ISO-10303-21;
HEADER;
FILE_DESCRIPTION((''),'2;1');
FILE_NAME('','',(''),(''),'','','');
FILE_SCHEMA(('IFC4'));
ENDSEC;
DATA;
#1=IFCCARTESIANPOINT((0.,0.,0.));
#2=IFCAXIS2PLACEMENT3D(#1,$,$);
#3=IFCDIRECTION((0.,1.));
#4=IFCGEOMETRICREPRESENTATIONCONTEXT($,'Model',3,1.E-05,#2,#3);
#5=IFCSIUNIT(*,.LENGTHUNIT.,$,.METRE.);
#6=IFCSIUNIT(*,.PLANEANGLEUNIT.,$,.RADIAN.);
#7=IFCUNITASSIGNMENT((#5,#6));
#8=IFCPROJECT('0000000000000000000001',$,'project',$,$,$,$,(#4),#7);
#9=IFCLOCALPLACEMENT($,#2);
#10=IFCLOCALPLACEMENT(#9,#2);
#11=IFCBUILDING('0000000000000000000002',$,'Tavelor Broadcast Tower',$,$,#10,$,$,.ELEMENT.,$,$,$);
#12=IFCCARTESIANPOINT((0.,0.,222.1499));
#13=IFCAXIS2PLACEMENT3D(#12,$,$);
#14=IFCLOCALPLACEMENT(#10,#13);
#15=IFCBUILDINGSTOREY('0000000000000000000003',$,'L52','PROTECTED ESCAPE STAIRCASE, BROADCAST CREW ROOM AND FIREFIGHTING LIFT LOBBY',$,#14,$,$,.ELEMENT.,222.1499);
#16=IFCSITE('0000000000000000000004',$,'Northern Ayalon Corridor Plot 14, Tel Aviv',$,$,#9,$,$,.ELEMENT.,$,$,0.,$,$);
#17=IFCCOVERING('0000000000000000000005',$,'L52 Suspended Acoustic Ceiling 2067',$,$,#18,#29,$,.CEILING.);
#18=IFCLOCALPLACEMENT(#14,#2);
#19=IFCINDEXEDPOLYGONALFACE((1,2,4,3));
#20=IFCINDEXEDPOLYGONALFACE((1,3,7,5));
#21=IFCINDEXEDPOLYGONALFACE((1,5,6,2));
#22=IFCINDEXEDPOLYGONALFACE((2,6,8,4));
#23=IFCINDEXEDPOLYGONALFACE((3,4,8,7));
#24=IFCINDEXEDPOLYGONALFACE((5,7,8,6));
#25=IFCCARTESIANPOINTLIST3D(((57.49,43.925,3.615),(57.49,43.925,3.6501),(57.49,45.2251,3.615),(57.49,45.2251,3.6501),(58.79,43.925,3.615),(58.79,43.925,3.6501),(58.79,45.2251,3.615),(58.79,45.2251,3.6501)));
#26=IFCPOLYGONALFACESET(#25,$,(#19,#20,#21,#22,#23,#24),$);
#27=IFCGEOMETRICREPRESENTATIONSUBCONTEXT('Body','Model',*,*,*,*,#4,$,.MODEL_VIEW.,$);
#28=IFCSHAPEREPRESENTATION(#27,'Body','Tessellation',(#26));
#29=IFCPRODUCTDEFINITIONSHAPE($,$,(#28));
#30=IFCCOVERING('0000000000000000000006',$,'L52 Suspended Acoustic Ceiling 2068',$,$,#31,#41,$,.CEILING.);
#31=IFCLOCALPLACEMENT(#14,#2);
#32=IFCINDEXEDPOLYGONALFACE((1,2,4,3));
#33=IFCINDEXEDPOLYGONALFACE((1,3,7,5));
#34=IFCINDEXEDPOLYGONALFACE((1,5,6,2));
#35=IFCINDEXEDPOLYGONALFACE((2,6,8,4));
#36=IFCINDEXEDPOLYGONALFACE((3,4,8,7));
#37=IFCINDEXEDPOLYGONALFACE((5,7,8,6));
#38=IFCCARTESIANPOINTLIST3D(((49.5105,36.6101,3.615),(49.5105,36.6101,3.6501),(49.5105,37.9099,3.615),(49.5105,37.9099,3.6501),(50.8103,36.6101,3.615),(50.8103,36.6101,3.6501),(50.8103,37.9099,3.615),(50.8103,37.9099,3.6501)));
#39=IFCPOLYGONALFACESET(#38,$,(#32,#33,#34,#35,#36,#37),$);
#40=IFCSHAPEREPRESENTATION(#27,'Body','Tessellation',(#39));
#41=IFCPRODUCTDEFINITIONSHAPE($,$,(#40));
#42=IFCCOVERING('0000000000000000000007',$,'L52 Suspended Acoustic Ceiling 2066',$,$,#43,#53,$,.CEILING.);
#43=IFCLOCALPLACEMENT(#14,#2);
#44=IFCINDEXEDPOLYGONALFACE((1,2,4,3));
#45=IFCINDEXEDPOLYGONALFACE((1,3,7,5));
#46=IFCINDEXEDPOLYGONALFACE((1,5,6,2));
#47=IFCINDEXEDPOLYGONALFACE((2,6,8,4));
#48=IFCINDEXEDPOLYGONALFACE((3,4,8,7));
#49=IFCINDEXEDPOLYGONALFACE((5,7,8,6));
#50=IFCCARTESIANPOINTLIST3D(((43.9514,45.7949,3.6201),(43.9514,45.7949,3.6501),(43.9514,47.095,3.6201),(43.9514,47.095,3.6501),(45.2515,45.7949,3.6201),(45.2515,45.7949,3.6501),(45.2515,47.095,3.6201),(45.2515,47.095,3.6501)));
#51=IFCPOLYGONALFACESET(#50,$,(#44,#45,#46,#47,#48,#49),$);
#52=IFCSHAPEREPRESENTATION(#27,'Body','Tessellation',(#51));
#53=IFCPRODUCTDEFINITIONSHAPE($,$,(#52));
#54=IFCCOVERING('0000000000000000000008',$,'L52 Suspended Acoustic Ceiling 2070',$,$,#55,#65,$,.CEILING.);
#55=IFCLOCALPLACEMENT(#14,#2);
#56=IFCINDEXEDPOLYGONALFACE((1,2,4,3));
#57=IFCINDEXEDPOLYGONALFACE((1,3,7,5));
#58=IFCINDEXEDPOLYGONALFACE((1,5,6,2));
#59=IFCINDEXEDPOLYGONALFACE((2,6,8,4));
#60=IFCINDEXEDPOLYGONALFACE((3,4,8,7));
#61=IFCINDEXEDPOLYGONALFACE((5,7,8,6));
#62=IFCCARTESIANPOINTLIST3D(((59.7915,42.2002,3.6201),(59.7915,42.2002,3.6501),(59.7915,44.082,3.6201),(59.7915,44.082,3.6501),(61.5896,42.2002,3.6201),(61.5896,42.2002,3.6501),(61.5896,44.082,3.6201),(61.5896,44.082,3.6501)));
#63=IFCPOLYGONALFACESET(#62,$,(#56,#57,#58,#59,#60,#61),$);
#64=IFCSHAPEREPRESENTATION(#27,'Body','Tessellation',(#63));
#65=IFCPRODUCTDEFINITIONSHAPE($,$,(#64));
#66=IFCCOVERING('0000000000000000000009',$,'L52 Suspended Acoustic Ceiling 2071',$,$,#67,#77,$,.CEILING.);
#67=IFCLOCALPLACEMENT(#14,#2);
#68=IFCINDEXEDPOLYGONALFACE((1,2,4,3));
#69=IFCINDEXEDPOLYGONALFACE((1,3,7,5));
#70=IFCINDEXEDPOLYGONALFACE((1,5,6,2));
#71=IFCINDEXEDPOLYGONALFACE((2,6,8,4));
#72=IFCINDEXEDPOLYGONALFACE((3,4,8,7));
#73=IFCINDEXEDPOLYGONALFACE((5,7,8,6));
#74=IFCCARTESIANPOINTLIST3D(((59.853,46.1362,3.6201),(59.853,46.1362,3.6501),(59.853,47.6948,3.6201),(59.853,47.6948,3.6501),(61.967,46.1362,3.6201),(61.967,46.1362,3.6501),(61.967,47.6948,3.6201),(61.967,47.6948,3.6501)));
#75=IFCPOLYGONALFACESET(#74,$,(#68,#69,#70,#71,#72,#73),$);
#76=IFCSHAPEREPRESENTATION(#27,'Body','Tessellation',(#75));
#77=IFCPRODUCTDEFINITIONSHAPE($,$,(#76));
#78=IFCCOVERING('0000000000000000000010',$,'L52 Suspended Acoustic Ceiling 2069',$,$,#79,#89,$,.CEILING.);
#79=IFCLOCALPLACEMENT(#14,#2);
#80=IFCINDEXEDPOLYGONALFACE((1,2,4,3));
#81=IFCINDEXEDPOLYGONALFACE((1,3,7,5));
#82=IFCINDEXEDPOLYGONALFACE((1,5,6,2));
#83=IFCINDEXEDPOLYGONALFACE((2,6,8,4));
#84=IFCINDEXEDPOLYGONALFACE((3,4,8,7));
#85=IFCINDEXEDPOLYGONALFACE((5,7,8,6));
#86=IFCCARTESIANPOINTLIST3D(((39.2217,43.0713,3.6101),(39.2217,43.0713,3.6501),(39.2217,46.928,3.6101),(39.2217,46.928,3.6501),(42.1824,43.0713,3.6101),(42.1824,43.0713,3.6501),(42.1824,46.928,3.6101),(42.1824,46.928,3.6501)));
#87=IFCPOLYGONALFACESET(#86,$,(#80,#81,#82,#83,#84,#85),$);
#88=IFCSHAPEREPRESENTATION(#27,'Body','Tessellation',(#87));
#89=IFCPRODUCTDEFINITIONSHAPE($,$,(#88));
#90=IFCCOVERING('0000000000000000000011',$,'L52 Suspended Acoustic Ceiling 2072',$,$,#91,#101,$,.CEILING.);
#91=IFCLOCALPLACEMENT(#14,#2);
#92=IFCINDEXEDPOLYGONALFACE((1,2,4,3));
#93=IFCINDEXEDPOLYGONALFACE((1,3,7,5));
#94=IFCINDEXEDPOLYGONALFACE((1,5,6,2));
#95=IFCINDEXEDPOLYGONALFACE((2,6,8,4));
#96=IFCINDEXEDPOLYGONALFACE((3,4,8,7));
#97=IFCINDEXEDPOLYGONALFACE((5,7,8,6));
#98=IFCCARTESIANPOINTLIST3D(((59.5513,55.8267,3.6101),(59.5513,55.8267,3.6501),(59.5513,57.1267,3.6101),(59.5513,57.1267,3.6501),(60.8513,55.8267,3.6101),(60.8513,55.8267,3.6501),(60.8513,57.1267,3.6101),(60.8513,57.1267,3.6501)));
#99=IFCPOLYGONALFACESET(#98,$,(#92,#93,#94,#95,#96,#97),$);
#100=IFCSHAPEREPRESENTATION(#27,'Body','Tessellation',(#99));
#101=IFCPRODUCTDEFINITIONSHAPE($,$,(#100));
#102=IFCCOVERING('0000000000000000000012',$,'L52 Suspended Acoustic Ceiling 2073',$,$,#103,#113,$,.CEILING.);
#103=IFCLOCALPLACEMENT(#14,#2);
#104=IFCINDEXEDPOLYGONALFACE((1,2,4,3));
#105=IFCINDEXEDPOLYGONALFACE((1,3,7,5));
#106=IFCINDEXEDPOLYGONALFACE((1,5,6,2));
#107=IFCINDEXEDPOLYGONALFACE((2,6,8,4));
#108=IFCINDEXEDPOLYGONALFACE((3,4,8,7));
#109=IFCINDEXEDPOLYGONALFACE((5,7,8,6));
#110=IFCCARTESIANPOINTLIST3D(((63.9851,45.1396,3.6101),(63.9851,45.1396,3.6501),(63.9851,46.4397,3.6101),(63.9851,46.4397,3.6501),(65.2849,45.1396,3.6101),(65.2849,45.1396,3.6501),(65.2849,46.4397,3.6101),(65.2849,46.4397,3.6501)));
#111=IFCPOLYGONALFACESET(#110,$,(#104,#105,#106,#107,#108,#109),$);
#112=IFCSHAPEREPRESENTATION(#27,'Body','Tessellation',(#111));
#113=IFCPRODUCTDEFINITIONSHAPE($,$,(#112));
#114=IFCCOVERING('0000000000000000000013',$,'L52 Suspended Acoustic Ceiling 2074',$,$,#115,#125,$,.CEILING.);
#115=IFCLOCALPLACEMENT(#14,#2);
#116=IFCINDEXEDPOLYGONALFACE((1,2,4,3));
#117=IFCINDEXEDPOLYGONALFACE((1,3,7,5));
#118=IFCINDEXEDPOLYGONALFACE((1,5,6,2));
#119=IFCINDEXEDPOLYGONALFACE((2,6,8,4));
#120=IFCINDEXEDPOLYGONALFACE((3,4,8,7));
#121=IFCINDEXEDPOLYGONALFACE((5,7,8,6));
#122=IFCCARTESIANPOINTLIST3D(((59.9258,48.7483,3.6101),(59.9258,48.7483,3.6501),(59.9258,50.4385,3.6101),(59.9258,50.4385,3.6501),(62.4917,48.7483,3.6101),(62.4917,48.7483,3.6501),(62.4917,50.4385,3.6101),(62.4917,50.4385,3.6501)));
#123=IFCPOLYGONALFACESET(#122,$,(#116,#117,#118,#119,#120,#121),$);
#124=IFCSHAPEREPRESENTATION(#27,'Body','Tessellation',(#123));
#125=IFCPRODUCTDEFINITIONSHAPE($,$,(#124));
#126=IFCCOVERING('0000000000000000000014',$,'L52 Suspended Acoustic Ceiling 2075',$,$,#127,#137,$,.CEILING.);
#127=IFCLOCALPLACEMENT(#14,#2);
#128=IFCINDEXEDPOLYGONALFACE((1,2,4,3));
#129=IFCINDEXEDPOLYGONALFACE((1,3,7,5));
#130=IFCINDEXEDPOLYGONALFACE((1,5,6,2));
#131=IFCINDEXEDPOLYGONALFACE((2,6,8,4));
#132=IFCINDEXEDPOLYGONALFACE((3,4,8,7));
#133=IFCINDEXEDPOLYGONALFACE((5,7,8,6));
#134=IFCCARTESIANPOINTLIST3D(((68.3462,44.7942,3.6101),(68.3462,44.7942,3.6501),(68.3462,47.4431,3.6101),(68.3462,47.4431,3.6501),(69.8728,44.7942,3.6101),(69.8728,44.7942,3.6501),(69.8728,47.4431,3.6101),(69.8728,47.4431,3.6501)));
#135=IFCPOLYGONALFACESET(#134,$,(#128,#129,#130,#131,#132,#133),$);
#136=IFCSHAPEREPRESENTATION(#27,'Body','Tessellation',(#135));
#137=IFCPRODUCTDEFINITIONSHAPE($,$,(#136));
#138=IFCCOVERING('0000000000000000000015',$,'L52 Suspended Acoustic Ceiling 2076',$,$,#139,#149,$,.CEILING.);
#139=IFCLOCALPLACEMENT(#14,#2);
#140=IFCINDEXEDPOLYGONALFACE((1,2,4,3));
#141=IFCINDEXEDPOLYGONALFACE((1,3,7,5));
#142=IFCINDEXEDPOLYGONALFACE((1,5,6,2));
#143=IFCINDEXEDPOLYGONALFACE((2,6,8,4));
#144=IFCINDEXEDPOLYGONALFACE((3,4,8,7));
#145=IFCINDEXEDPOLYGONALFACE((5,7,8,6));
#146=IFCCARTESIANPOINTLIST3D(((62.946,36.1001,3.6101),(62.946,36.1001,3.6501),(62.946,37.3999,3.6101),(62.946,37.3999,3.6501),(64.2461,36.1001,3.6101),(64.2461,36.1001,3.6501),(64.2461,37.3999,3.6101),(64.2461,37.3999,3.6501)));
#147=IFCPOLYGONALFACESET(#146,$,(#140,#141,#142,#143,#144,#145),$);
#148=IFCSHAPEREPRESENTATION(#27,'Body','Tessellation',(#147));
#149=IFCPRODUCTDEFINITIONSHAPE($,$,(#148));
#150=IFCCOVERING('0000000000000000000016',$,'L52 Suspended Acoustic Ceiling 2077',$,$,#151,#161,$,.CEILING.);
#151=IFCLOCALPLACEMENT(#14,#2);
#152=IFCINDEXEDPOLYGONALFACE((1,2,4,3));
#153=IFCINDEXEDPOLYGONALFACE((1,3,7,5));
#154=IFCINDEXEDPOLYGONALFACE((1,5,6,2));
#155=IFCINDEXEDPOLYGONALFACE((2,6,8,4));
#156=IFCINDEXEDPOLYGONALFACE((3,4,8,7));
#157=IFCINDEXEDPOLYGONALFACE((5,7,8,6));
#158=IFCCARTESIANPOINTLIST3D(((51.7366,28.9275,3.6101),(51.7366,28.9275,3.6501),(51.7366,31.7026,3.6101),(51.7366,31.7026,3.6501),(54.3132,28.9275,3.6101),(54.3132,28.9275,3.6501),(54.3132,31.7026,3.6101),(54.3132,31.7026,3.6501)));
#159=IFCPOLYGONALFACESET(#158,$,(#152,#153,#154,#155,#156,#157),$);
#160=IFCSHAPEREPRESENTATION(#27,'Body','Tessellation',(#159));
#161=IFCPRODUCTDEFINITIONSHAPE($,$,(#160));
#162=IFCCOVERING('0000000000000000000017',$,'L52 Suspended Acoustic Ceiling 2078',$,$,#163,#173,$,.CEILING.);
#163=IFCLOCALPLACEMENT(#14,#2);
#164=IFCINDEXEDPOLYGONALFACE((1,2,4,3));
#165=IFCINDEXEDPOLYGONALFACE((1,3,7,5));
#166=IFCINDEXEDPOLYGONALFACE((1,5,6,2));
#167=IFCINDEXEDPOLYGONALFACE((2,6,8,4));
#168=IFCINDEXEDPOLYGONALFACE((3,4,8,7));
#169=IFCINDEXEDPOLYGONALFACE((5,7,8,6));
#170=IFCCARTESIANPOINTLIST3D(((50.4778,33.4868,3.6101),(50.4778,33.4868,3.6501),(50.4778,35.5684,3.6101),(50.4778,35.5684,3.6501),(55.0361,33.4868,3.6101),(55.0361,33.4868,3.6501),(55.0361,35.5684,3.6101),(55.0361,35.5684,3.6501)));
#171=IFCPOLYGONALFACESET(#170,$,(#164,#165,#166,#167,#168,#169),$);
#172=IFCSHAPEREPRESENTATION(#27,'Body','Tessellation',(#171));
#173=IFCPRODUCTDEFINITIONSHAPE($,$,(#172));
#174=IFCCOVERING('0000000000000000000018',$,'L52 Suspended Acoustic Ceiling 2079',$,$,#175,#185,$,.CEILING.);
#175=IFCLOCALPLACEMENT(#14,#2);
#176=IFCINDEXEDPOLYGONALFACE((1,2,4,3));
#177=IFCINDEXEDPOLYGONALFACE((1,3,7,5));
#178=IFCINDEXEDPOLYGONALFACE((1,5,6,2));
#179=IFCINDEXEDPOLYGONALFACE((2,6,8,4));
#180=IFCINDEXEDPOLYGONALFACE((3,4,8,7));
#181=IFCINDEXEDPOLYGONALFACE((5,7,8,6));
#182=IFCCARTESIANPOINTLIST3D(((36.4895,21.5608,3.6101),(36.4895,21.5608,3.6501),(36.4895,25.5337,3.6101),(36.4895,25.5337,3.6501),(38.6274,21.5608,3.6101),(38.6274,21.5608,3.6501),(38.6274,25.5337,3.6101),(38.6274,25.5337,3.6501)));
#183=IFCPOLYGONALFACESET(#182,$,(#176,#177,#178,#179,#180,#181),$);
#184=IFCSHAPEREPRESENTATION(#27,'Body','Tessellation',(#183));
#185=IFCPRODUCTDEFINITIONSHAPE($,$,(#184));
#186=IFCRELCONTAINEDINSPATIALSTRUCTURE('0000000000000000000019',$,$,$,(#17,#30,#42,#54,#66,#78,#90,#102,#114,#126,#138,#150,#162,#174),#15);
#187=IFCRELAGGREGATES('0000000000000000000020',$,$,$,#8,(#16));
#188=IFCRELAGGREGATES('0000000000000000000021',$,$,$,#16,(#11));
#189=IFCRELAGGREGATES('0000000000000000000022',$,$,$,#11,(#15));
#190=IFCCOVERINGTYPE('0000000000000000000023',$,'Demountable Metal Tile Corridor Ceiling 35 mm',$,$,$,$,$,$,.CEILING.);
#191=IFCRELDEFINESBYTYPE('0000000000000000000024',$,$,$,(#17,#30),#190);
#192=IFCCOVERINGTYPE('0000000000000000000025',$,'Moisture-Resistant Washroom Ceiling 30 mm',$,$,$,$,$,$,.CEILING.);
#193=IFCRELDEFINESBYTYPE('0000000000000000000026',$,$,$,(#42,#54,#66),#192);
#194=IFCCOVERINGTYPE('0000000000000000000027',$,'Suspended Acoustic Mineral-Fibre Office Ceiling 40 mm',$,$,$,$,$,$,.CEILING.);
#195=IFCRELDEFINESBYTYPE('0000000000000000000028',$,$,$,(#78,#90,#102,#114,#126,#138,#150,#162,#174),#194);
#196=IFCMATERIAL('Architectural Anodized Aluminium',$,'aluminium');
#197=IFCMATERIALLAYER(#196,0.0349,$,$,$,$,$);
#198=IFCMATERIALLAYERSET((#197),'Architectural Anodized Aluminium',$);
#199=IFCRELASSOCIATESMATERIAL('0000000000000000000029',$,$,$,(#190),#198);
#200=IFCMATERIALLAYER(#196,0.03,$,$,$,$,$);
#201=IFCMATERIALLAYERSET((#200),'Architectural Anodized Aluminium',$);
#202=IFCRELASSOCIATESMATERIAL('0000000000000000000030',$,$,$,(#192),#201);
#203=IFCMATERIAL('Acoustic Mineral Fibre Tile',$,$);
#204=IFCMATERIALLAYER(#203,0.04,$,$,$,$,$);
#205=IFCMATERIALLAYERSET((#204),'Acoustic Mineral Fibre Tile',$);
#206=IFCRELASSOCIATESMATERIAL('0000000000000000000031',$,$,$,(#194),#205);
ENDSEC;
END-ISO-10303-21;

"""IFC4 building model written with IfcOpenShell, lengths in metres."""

from ifc_helpers import new_model, si_unit, direction, frame, origin, place, context, subcontext, project, spatial, polyline, outline, extrude, material, layer, layer_set, type_object, element, save


model = new_model("IFC4")

# Units and contexts
model_context = context("Model", 3, precision=1e-05, world=origin(), true_north=direction((0.0, 1.0)))
body_context = subcontext(model_context, "Body", "Model", "MODEL_VIEW")
ifc_project = project(units=[si_unit("LENGTHUNIT", "METRE"), si_unit("PLANEANGLEUNIT", "RADIAN")], contexts=[model_context])

# Site, building, storey
site_placement = place(None, origin())
site = spatial("IfcSite", under=ifc_project, at=site_placement, Name="Northern Ayalon Corridor Plot 14, Tel Aviv", CompositionType="ELEMENT", RefElevation=0.0)
building_placement = place(site_placement, origin())
building = spatial("IfcBuilding", under=site, at=building_placement, Name="Tavelor Broadcast Tower", CompositionType="ELEMENT")
storey_placement = place(building_placement, frame((0.0, 0.0, 222.1499)))
storey = spatial("IfcBuildingStorey", under=building, at=storey_placement, Name="L52", Description="PROTECTED ESCAPE STAIRCASE, BROADCAST CREW ROOM AND FIREFIGHTING LIFT LOBBY", CompositionType="ELEMENT", Elevation=222.1499)

# Coverings
ifc_material_1 = material(Name="Architectural Anodized Aluminium", Category="aluminium")
ifc_layer_1 = layer(ifc_material_1, 0.0349)
ifc_layer_set_1 = layer_set([ifc_layer_1], Name="Architectural Anodized Aluminium")
covering_type_1 = type_object("IfcCoveringType", Name="Demountable Metal Tile Corridor Ceiling 35 mm", PredefinedType="CEILING", material=ifc_layer_set_1)
covering_1_placement = place(storey_placement, frame((0.0, 0.0, 3.615)))
element("IfcCovering", 1, at=covering_1_placement, inside=storey, type_object=covering_type_1, Name="L52 Suspended Acoustic Ceiling 2067", PredefinedType="CEILING", context=body_context, shape_type="SweptSolid", body=[
    extrude(outline(polyline([(57.49, 43.925), (58.79, 43.925), (58.79, 45.2251), (57.49, 45.2251), (57.49, 43.925)])), origin(), (0.0, 0.0, 1.0), 0.0352),
])
covering_2_placement = place(storey_placement, frame((0.0, 0.0, 3.615)))
element("IfcCovering", 2, at=covering_2_placement, inside=storey, type_object=covering_type_1, Name="L52 Suspended Acoustic Ceiling 2068", PredefinedType="CEILING", context=body_context, shape_type="SweptSolid", body=[
    extrude(outline(polyline([(49.5105, 36.6101), (50.8103, 36.6101), (50.8103, 37.9099), (49.5105, 37.9099), (49.5105, 36.6101)])), origin(), (0.0, 0.0, 1.0), 0.0352),
])
ifc_layer_2 = layer(ifc_material_1, 0.03)
ifc_layer_set_2 = layer_set([ifc_layer_2], Name="Architectural Anodized Aluminium")
covering_type_2 = type_object("IfcCoveringType", Name="Moisture-Resistant Washroom Ceiling 30 mm", PredefinedType="CEILING", material=ifc_layer_set_2)
covering_3_placement = place(storey_placement, frame((0.0, 0.0, 3.6201)))
element("IfcCovering", 3, at=covering_3_placement, inside=storey, type_object=covering_type_2, Name="L52 Suspended Acoustic Ceiling 2066", PredefinedType="CEILING", context=body_context, shape_type="SweptSolid", body=[
    extrude(outline(polyline([(43.9514, 45.7949), (45.2515, 45.7949), (45.2515, 47.095), (43.9514, 47.095), (43.9514, 45.7949)])), origin(), (0.0, 0.0, 1.0), 0.03),
])
covering_4_placement = place(storey_placement, frame((0.0, 0.0, 3.6201)))
element("IfcCovering", 4, at=covering_4_placement, inside=storey, type_object=covering_type_2, Name="L52 Suspended Acoustic Ceiling 2070", PredefinedType="CEILING", context=body_context, shape_type="SweptSolid", body=[
    extrude(outline(polyline([(59.7915, 42.2002), (61.5896, 42.2002), (61.5896, 44.082), (59.7915, 44.082), (59.7915, 42.2002)])), origin(), (0.0, 0.0, 1.0), 0.03),
])
covering_5_placement = place(storey_placement, frame((0.0, 0.0, 3.6201)))
element("IfcCovering", 5, at=covering_5_placement, inside=storey, type_object=covering_type_2, Name="L52 Suspended Acoustic Ceiling 2071", PredefinedType="CEILING", context=body_context, shape_type="SweptSolid", body=[
    extrude(outline(polyline([(59.853, 46.1362), (61.967, 46.1362), (61.967, 47.6948), (59.853, 47.6948), (59.853, 46.1362)])), origin(), (0.0, 0.0, 1.0), 0.03),
])
ifc_material_2 = material(Name="Acoustic Mineral Fibre Tile")
ifc_layer_3 = layer(ifc_material_2, 0.04)
ifc_layer_set_3 = layer_set([ifc_layer_3], Name="Acoustic Mineral Fibre Tile")
covering_type_3 = type_object("IfcCoveringType", Name="Suspended Acoustic Mineral-Fibre Office Ceiling 40 mm", PredefinedType="CEILING", material=ifc_layer_set_3)
covering_6_placement = place(storey_placement, frame((0.0, 0.0, 3.6101)))
element("IfcCovering", 6, at=covering_6_placement, inside=storey, type_object=covering_type_3, Name="L52 Suspended Acoustic Ceiling 2069", PredefinedType="CEILING", context=body_context, shape_type="SweptSolid", body=[
    extrude(outline(polyline([(39.2217, 43.0713), (42.1824, 43.0713), (42.1824, 46.928), (39.2217, 46.928), (39.2217, 43.0713)])), origin(), (0.0, 0.0, 1.0), 0.04),
])
covering_7_placement = place(storey_placement, frame((0.0, 0.0, 3.6101)))
element("IfcCovering", 7, at=covering_7_placement, inside=storey, type_object=covering_type_3, Name="L52 Suspended Acoustic Ceiling 2072", PredefinedType="CEILING", context=body_context, shape_type="SweptSolid", body=[
    extrude(outline(polyline([(59.5513, 55.8267), (60.8513, 55.8267), (60.8513, 57.1267), (59.5513, 57.1267), (59.5513, 55.8267)])), origin(), (0.0, 0.0, 1.0), 0.04),
])
covering_8_placement = place(storey_placement, frame((0.0, 0.0, 3.6101)))
element("IfcCovering", 8, at=covering_8_placement, inside=storey, type_object=covering_type_3, Name="L52 Suspended Acoustic Ceiling 2073", PredefinedType="CEILING", context=body_context, shape_type="SweptSolid", body=[
    extrude(outline(polyline([(63.9851, 45.1396), (65.2849, 45.1396), (65.2849, 46.4397), (63.9851, 46.4397), (63.9851, 45.1396)])), origin(), (0.0, 0.0, 1.0), 0.04),
])
covering_9_placement = place(storey_placement, frame((0.0, 0.0, 3.6101)))
element("IfcCovering", 9, at=covering_9_placement, inside=storey, type_object=covering_type_3, Name="L52 Suspended Acoustic Ceiling 2074", PredefinedType="CEILING", context=body_context, shape_type="SweptSolid", body=[
    extrude(outline(polyline([(59.9258, 48.7483), (62.4917, 48.7483), (62.4917, 50.4385), (59.9258, 50.4385), (59.9258, 48.7483)])), origin(), (0.0, 0.0, 1.0), 0.04),
])
covering_10_placement = place(storey_placement, frame((0.0, 0.0, 3.6101)))
element("IfcCovering", 10, at=covering_10_placement, inside=storey, type_object=covering_type_3, Name="L52 Suspended Acoustic Ceiling 2075", PredefinedType="CEILING", context=body_context, shape_type="SweptSolid", body=[
    extrude(outline(polyline([(68.3462, 44.7942), (69.8728, 44.7942), (69.8728, 47.4431), (68.3462, 47.4431), (68.3462, 44.7942)])), origin(), (0.0, 0.0, 1.0), 0.04),
])
covering_11_placement = place(storey_placement, frame((0.0, 0.0, 3.6101)))
element("IfcCovering", 11, at=covering_11_placement, inside=storey, type_object=covering_type_3, Name="L52 Suspended Acoustic Ceiling 2076", PredefinedType="CEILING", context=body_context, shape_type="SweptSolid", body=[
    extrude(outline(polyline([(62.946, 36.1001), (64.2461, 36.1001), (64.2461, 37.3999), (62.946, 37.3999), (62.946, 36.1001)])), origin(), (0.0, 0.0, 1.0), 0.04),
])
covering_12_placement = place(storey_placement, frame((0.0, 0.0, 3.6101)))
element("IfcCovering", 12, at=covering_12_placement, inside=storey, type_object=covering_type_3, Name="L52 Suspended Acoustic Ceiling 2077", PredefinedType="CEILING", context=body_context, shape_type="SweptSolid", body=[
    extrude(outline(polyline([(51.7366, 28.9275), (54.3132, 28.9275), (54.3132, 31.7026), (51.7366, 31.7026), (51.7366, 28.9275)])), origin(), (0.0, 0.0, 1.0), 0.04),
])
covering_13_placement = place(storey_placement, frame((0.0, 0.0, 3.6101)))
element("IfcCovering", 13, at=covering_13_placement, inside=storey, type_object=covering_type_3, Name="L52 Suspended Acoustic Ceiling 2078", PredefinedType="CEILING", context=body_context, shape_type="SweptSolid", body=[
    extrude(outline(polyline([(50.4778, 33.4868), (55.0361, 33.4868), (55.0361, 35.5684), (50.4778, 35.5684), (50.4778, 33.4868)])), origin(), (0.0, 0.0, 1.0), 0.04),
])
covering_14_placement = place(storey_placement, frame((0.0, 0.0, 3.6101)))
element("IfcCovering", 14, at=covering_14_placement, inside=storey, type_object=covering_type_3, Name="L52 Suspended Acoustic Ceiling 2079", PredefinedType="CEILING", context=body_context, shape_type="SweptSolid", body=[
    extrude(outline(polyline([(36.4895, 21.5608), (38.6274, 21.5608), (38.6274, 25.5337), (36.4895, 25.5337), (36.4895, 21.5608)])), origin(), (0.0, 0.0, 1.0), 0.04),
])

save(model, "model.ifc")
